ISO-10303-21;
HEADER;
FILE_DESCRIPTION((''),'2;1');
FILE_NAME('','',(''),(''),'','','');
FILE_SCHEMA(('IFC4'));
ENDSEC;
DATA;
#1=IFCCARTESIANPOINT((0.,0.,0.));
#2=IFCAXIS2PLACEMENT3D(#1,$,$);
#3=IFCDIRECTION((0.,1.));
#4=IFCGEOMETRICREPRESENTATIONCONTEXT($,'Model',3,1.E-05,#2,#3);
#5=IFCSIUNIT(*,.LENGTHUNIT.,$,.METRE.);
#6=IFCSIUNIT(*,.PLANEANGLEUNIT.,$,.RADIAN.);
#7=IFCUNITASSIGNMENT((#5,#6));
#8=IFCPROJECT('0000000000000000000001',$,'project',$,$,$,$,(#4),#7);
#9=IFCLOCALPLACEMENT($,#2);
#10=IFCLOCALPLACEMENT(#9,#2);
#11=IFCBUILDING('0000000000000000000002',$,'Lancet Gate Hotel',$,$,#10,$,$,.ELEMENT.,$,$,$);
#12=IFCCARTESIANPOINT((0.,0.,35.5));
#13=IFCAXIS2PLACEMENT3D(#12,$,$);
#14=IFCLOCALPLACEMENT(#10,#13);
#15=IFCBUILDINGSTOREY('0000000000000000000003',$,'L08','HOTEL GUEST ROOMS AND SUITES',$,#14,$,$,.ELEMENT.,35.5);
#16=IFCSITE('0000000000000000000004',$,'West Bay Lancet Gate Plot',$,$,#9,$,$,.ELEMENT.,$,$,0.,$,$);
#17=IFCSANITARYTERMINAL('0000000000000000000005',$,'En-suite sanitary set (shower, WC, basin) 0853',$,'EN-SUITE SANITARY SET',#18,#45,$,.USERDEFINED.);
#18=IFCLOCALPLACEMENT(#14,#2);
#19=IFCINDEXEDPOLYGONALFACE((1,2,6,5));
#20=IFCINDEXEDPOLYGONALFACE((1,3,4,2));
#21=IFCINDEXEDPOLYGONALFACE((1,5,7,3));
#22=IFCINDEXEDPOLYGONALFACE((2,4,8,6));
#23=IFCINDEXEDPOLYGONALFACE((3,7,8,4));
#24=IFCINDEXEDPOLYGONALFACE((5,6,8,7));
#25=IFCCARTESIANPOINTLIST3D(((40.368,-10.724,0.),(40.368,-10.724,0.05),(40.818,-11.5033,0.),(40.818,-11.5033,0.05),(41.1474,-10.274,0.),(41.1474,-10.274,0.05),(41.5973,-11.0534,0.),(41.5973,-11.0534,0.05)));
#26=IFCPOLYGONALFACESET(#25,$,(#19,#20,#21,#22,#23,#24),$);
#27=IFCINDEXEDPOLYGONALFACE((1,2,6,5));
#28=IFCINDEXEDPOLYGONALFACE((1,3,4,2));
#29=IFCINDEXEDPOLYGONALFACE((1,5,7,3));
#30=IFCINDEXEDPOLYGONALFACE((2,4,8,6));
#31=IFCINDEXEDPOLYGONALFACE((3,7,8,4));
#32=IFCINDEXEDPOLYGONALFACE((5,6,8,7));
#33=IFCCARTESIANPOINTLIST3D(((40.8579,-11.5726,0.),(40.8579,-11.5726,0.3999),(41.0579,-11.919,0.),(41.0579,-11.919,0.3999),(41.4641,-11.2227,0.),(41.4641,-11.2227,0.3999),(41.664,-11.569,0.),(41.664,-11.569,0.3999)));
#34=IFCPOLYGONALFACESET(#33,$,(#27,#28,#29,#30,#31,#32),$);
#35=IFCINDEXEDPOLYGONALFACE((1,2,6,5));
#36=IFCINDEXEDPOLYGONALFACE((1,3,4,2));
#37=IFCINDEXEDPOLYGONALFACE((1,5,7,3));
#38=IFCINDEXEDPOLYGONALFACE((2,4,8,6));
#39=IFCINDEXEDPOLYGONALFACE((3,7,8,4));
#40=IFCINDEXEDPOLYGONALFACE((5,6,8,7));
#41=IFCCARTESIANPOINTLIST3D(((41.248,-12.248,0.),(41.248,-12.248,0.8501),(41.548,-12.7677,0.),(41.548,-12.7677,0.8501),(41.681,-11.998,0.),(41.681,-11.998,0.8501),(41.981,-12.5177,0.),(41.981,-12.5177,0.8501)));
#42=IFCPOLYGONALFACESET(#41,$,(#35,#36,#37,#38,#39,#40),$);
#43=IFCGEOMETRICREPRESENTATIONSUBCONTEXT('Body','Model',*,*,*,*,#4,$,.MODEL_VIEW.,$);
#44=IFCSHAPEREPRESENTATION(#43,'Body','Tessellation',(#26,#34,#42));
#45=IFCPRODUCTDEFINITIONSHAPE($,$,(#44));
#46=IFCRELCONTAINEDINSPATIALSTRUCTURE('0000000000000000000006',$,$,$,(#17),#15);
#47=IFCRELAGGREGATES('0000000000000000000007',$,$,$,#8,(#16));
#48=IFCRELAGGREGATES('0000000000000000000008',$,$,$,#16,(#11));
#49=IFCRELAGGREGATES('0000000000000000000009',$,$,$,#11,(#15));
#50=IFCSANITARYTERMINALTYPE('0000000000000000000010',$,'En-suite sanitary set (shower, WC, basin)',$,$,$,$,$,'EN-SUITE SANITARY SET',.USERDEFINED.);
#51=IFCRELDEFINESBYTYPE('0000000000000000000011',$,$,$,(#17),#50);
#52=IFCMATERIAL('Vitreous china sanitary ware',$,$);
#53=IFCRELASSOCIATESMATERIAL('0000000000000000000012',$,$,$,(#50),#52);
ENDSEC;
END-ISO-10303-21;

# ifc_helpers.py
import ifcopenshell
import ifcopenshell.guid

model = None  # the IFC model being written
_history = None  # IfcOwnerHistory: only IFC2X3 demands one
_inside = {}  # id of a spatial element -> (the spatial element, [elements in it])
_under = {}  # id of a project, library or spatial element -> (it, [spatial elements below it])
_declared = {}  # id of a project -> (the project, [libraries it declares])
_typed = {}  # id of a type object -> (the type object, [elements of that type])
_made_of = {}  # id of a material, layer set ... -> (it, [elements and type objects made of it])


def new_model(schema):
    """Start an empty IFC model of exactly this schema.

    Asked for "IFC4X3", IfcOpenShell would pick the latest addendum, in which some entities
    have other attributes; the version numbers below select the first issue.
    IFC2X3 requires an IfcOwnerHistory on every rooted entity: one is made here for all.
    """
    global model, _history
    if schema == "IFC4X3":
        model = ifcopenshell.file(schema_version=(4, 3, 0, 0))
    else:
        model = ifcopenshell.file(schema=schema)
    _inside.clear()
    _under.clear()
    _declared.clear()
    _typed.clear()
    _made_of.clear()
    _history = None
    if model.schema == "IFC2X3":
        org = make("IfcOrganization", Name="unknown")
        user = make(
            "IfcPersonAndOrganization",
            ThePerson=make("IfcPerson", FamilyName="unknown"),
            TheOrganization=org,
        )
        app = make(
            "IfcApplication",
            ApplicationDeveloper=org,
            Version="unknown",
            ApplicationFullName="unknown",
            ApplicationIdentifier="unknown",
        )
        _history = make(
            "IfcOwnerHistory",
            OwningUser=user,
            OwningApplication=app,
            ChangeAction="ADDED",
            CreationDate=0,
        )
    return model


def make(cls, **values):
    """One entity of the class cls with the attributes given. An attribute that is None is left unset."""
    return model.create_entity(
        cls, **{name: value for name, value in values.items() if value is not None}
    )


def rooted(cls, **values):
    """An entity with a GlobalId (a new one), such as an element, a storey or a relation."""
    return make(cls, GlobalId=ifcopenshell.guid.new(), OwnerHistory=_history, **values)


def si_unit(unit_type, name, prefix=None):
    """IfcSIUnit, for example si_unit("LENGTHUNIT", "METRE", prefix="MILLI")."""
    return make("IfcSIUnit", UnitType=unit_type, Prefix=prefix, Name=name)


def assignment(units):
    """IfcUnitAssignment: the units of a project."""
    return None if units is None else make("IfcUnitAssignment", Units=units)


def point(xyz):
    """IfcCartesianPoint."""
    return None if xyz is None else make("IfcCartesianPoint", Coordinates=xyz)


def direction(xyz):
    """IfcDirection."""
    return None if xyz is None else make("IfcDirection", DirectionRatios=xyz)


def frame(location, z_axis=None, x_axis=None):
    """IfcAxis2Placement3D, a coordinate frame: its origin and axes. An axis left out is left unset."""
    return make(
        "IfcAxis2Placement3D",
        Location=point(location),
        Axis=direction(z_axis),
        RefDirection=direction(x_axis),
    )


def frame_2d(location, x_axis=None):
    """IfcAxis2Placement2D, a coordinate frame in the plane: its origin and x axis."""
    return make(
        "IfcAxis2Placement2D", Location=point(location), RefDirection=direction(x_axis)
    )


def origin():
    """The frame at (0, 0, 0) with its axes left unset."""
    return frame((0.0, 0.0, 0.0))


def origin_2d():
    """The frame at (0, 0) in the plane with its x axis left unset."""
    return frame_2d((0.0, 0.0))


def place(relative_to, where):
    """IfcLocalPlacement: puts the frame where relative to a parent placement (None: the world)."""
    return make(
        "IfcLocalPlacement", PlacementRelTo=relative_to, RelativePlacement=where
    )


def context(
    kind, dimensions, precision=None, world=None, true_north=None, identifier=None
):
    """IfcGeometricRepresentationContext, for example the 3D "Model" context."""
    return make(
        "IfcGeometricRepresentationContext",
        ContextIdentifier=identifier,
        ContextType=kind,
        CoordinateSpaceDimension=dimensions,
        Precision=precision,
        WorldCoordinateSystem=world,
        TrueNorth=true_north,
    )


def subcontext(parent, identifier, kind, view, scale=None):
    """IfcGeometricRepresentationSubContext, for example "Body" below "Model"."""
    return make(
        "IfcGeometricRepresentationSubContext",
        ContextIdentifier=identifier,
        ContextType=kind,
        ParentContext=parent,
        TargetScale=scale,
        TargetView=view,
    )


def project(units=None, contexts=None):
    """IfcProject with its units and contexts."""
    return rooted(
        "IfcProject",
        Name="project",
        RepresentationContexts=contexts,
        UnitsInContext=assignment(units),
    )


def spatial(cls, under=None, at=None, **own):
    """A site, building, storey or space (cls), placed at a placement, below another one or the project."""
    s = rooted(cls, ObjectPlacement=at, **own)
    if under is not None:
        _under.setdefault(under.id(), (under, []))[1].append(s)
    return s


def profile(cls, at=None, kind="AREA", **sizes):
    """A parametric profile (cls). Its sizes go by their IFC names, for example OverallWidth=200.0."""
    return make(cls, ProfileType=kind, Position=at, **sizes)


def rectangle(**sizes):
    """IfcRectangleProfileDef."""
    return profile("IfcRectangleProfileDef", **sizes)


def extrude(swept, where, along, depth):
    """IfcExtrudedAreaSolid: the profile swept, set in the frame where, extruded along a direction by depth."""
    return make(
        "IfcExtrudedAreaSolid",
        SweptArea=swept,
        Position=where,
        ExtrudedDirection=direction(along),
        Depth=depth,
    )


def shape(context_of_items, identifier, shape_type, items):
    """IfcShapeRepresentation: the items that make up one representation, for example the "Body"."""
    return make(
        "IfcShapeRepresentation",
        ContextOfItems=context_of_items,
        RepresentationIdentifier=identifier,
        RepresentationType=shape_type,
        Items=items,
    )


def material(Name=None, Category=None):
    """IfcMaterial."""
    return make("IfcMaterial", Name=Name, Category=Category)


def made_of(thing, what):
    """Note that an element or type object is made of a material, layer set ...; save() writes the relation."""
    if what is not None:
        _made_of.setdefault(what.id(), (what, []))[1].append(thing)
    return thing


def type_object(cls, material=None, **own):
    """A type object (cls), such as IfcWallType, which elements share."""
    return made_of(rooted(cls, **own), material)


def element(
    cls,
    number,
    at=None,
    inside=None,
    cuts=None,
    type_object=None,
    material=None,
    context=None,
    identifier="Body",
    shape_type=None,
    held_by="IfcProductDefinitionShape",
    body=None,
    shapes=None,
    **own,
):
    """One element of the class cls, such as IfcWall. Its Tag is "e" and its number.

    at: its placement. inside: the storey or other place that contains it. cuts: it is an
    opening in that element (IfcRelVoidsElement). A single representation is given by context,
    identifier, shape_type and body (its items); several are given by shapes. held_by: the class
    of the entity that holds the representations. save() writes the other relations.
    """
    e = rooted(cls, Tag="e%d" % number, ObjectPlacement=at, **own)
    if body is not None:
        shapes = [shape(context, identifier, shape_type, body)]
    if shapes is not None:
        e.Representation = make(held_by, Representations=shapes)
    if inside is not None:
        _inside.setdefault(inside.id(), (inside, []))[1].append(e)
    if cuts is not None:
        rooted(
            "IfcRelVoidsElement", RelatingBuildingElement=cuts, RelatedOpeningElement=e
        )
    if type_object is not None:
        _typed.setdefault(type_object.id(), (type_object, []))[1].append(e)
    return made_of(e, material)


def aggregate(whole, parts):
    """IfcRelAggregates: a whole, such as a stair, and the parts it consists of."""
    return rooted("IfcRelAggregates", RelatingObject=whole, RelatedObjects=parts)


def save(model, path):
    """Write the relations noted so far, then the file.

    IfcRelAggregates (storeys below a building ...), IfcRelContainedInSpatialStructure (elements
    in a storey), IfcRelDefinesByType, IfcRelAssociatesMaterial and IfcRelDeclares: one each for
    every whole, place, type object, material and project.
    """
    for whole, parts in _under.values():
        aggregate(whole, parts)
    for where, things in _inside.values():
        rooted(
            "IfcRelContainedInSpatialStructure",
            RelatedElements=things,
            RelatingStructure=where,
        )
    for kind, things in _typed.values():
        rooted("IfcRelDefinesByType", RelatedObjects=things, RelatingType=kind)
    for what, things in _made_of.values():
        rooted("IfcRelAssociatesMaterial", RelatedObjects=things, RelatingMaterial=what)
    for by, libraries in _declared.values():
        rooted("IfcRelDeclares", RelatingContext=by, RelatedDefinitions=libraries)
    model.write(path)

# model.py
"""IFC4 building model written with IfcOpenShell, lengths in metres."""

from ifc_helpers import new_model, si_unit, direction, frame, origin, origin_2d, place, context, subcontext, project, spatial, rectangle, extrude, material, type_object, element, save


model = new_model("IFC4")

# Units and contexts
model_context = context("Model", 3, precision=1e-05, world=origin(), true_north=direction((0.0, 1.0)))
body_context = subcontext(model_context, "Body", "Model", "MODEL_VIEW")
ifc_project = project(units=[si_unit("LENGTHUNIT", "METRE"), si_unit("PLANEANGLEUNIT", "RADIAN")], contexts=[model_context])

# Site, building, storey
site_placement = place(None, origin())
site = spatial("IfcSite", under=ifc_project, at=site_placement, Name="West Bay Lancet Gate Plot", CompositionType="ELEMENT", RefElevation=0.0)
building_placement = place(site_placement, origin())
building = spatial("IfcBuilding", under=site, at=building_placement, Name="Lancet Gate Hotel", CompositionType="ELEMENT")
storey_placement = place(building_placement, frame((0.0, 0.0, 35.5)))
storey = spatial("IfcBuildingStorey", under=building, at=storey_placement, Name="L08", Description="HOTEL GUEST ROOMS AND SUITES", CompositionType="ELEMENT", Elevation=35.5)

# Sanitary terminal
ifc_material_1 = material(Name="Vitreous china sanitary ware")
sanitary_terminal_type = type_object("IfcSanitaryTerminalType", Name="En-suite sanitary set (shower, WC, basin)", ElementType="EN-SUITE SANITARY SET", PredefinedType="USERDEFINED", material=ifc_material_1)
sanitary_terminal_1_placement = place(storey_placement, frame((40.9827, -10.8887, 0.0), z_axis=(0.0, 0.0, 1.0), x_axis=(1.0, 0.0, 0.0)))
element("IfcSanitaryTerminal", 1, at=sanitary_terminal_1_placement, inside=storey, type_object=sanitary_terminal_type, Name="En-suite sanitary set (shower, WC, basin) 0853", ObjectType="EN-SUITE SANITARY SET", PredefinedType="USERDEFINED", context=body_context, shape_type="SweptSolid", body=[
    extrude(rectangle(XDim=0.8999, YDim=0.8999, at=origin_2d()), frame((0.0, 0.0, 0.0), z_axis=(0.0, 0.0, 1.0), x_axis=(-0.5, 0.866025, 0.0)), (0.0, 0.0, 1.0), 0.05),
    extrude(rectangle(XDim=0.3999, YDim=0.7, at=origin_2d()), frame((0.2783, -0.6821, 0.0), z_axis=(0.0, 0.0, 1.0), x_axis=(-0.5, 0.866025, 0.0)), (0.0, 0.0, 1.0), 0.3999),
    extrude(rectangle(XDim=0.6001, YDim=0.5, at=origin_2d()), frame((0.6318, -1.4941, 0.0), z_axis=(0.0, 0.0, 1.0), x_axis=(-0.5, 0.866025, 0.0)), (0.0, 0.0, 1.0), 0.8501),
])

save(model, "model.ifc")
